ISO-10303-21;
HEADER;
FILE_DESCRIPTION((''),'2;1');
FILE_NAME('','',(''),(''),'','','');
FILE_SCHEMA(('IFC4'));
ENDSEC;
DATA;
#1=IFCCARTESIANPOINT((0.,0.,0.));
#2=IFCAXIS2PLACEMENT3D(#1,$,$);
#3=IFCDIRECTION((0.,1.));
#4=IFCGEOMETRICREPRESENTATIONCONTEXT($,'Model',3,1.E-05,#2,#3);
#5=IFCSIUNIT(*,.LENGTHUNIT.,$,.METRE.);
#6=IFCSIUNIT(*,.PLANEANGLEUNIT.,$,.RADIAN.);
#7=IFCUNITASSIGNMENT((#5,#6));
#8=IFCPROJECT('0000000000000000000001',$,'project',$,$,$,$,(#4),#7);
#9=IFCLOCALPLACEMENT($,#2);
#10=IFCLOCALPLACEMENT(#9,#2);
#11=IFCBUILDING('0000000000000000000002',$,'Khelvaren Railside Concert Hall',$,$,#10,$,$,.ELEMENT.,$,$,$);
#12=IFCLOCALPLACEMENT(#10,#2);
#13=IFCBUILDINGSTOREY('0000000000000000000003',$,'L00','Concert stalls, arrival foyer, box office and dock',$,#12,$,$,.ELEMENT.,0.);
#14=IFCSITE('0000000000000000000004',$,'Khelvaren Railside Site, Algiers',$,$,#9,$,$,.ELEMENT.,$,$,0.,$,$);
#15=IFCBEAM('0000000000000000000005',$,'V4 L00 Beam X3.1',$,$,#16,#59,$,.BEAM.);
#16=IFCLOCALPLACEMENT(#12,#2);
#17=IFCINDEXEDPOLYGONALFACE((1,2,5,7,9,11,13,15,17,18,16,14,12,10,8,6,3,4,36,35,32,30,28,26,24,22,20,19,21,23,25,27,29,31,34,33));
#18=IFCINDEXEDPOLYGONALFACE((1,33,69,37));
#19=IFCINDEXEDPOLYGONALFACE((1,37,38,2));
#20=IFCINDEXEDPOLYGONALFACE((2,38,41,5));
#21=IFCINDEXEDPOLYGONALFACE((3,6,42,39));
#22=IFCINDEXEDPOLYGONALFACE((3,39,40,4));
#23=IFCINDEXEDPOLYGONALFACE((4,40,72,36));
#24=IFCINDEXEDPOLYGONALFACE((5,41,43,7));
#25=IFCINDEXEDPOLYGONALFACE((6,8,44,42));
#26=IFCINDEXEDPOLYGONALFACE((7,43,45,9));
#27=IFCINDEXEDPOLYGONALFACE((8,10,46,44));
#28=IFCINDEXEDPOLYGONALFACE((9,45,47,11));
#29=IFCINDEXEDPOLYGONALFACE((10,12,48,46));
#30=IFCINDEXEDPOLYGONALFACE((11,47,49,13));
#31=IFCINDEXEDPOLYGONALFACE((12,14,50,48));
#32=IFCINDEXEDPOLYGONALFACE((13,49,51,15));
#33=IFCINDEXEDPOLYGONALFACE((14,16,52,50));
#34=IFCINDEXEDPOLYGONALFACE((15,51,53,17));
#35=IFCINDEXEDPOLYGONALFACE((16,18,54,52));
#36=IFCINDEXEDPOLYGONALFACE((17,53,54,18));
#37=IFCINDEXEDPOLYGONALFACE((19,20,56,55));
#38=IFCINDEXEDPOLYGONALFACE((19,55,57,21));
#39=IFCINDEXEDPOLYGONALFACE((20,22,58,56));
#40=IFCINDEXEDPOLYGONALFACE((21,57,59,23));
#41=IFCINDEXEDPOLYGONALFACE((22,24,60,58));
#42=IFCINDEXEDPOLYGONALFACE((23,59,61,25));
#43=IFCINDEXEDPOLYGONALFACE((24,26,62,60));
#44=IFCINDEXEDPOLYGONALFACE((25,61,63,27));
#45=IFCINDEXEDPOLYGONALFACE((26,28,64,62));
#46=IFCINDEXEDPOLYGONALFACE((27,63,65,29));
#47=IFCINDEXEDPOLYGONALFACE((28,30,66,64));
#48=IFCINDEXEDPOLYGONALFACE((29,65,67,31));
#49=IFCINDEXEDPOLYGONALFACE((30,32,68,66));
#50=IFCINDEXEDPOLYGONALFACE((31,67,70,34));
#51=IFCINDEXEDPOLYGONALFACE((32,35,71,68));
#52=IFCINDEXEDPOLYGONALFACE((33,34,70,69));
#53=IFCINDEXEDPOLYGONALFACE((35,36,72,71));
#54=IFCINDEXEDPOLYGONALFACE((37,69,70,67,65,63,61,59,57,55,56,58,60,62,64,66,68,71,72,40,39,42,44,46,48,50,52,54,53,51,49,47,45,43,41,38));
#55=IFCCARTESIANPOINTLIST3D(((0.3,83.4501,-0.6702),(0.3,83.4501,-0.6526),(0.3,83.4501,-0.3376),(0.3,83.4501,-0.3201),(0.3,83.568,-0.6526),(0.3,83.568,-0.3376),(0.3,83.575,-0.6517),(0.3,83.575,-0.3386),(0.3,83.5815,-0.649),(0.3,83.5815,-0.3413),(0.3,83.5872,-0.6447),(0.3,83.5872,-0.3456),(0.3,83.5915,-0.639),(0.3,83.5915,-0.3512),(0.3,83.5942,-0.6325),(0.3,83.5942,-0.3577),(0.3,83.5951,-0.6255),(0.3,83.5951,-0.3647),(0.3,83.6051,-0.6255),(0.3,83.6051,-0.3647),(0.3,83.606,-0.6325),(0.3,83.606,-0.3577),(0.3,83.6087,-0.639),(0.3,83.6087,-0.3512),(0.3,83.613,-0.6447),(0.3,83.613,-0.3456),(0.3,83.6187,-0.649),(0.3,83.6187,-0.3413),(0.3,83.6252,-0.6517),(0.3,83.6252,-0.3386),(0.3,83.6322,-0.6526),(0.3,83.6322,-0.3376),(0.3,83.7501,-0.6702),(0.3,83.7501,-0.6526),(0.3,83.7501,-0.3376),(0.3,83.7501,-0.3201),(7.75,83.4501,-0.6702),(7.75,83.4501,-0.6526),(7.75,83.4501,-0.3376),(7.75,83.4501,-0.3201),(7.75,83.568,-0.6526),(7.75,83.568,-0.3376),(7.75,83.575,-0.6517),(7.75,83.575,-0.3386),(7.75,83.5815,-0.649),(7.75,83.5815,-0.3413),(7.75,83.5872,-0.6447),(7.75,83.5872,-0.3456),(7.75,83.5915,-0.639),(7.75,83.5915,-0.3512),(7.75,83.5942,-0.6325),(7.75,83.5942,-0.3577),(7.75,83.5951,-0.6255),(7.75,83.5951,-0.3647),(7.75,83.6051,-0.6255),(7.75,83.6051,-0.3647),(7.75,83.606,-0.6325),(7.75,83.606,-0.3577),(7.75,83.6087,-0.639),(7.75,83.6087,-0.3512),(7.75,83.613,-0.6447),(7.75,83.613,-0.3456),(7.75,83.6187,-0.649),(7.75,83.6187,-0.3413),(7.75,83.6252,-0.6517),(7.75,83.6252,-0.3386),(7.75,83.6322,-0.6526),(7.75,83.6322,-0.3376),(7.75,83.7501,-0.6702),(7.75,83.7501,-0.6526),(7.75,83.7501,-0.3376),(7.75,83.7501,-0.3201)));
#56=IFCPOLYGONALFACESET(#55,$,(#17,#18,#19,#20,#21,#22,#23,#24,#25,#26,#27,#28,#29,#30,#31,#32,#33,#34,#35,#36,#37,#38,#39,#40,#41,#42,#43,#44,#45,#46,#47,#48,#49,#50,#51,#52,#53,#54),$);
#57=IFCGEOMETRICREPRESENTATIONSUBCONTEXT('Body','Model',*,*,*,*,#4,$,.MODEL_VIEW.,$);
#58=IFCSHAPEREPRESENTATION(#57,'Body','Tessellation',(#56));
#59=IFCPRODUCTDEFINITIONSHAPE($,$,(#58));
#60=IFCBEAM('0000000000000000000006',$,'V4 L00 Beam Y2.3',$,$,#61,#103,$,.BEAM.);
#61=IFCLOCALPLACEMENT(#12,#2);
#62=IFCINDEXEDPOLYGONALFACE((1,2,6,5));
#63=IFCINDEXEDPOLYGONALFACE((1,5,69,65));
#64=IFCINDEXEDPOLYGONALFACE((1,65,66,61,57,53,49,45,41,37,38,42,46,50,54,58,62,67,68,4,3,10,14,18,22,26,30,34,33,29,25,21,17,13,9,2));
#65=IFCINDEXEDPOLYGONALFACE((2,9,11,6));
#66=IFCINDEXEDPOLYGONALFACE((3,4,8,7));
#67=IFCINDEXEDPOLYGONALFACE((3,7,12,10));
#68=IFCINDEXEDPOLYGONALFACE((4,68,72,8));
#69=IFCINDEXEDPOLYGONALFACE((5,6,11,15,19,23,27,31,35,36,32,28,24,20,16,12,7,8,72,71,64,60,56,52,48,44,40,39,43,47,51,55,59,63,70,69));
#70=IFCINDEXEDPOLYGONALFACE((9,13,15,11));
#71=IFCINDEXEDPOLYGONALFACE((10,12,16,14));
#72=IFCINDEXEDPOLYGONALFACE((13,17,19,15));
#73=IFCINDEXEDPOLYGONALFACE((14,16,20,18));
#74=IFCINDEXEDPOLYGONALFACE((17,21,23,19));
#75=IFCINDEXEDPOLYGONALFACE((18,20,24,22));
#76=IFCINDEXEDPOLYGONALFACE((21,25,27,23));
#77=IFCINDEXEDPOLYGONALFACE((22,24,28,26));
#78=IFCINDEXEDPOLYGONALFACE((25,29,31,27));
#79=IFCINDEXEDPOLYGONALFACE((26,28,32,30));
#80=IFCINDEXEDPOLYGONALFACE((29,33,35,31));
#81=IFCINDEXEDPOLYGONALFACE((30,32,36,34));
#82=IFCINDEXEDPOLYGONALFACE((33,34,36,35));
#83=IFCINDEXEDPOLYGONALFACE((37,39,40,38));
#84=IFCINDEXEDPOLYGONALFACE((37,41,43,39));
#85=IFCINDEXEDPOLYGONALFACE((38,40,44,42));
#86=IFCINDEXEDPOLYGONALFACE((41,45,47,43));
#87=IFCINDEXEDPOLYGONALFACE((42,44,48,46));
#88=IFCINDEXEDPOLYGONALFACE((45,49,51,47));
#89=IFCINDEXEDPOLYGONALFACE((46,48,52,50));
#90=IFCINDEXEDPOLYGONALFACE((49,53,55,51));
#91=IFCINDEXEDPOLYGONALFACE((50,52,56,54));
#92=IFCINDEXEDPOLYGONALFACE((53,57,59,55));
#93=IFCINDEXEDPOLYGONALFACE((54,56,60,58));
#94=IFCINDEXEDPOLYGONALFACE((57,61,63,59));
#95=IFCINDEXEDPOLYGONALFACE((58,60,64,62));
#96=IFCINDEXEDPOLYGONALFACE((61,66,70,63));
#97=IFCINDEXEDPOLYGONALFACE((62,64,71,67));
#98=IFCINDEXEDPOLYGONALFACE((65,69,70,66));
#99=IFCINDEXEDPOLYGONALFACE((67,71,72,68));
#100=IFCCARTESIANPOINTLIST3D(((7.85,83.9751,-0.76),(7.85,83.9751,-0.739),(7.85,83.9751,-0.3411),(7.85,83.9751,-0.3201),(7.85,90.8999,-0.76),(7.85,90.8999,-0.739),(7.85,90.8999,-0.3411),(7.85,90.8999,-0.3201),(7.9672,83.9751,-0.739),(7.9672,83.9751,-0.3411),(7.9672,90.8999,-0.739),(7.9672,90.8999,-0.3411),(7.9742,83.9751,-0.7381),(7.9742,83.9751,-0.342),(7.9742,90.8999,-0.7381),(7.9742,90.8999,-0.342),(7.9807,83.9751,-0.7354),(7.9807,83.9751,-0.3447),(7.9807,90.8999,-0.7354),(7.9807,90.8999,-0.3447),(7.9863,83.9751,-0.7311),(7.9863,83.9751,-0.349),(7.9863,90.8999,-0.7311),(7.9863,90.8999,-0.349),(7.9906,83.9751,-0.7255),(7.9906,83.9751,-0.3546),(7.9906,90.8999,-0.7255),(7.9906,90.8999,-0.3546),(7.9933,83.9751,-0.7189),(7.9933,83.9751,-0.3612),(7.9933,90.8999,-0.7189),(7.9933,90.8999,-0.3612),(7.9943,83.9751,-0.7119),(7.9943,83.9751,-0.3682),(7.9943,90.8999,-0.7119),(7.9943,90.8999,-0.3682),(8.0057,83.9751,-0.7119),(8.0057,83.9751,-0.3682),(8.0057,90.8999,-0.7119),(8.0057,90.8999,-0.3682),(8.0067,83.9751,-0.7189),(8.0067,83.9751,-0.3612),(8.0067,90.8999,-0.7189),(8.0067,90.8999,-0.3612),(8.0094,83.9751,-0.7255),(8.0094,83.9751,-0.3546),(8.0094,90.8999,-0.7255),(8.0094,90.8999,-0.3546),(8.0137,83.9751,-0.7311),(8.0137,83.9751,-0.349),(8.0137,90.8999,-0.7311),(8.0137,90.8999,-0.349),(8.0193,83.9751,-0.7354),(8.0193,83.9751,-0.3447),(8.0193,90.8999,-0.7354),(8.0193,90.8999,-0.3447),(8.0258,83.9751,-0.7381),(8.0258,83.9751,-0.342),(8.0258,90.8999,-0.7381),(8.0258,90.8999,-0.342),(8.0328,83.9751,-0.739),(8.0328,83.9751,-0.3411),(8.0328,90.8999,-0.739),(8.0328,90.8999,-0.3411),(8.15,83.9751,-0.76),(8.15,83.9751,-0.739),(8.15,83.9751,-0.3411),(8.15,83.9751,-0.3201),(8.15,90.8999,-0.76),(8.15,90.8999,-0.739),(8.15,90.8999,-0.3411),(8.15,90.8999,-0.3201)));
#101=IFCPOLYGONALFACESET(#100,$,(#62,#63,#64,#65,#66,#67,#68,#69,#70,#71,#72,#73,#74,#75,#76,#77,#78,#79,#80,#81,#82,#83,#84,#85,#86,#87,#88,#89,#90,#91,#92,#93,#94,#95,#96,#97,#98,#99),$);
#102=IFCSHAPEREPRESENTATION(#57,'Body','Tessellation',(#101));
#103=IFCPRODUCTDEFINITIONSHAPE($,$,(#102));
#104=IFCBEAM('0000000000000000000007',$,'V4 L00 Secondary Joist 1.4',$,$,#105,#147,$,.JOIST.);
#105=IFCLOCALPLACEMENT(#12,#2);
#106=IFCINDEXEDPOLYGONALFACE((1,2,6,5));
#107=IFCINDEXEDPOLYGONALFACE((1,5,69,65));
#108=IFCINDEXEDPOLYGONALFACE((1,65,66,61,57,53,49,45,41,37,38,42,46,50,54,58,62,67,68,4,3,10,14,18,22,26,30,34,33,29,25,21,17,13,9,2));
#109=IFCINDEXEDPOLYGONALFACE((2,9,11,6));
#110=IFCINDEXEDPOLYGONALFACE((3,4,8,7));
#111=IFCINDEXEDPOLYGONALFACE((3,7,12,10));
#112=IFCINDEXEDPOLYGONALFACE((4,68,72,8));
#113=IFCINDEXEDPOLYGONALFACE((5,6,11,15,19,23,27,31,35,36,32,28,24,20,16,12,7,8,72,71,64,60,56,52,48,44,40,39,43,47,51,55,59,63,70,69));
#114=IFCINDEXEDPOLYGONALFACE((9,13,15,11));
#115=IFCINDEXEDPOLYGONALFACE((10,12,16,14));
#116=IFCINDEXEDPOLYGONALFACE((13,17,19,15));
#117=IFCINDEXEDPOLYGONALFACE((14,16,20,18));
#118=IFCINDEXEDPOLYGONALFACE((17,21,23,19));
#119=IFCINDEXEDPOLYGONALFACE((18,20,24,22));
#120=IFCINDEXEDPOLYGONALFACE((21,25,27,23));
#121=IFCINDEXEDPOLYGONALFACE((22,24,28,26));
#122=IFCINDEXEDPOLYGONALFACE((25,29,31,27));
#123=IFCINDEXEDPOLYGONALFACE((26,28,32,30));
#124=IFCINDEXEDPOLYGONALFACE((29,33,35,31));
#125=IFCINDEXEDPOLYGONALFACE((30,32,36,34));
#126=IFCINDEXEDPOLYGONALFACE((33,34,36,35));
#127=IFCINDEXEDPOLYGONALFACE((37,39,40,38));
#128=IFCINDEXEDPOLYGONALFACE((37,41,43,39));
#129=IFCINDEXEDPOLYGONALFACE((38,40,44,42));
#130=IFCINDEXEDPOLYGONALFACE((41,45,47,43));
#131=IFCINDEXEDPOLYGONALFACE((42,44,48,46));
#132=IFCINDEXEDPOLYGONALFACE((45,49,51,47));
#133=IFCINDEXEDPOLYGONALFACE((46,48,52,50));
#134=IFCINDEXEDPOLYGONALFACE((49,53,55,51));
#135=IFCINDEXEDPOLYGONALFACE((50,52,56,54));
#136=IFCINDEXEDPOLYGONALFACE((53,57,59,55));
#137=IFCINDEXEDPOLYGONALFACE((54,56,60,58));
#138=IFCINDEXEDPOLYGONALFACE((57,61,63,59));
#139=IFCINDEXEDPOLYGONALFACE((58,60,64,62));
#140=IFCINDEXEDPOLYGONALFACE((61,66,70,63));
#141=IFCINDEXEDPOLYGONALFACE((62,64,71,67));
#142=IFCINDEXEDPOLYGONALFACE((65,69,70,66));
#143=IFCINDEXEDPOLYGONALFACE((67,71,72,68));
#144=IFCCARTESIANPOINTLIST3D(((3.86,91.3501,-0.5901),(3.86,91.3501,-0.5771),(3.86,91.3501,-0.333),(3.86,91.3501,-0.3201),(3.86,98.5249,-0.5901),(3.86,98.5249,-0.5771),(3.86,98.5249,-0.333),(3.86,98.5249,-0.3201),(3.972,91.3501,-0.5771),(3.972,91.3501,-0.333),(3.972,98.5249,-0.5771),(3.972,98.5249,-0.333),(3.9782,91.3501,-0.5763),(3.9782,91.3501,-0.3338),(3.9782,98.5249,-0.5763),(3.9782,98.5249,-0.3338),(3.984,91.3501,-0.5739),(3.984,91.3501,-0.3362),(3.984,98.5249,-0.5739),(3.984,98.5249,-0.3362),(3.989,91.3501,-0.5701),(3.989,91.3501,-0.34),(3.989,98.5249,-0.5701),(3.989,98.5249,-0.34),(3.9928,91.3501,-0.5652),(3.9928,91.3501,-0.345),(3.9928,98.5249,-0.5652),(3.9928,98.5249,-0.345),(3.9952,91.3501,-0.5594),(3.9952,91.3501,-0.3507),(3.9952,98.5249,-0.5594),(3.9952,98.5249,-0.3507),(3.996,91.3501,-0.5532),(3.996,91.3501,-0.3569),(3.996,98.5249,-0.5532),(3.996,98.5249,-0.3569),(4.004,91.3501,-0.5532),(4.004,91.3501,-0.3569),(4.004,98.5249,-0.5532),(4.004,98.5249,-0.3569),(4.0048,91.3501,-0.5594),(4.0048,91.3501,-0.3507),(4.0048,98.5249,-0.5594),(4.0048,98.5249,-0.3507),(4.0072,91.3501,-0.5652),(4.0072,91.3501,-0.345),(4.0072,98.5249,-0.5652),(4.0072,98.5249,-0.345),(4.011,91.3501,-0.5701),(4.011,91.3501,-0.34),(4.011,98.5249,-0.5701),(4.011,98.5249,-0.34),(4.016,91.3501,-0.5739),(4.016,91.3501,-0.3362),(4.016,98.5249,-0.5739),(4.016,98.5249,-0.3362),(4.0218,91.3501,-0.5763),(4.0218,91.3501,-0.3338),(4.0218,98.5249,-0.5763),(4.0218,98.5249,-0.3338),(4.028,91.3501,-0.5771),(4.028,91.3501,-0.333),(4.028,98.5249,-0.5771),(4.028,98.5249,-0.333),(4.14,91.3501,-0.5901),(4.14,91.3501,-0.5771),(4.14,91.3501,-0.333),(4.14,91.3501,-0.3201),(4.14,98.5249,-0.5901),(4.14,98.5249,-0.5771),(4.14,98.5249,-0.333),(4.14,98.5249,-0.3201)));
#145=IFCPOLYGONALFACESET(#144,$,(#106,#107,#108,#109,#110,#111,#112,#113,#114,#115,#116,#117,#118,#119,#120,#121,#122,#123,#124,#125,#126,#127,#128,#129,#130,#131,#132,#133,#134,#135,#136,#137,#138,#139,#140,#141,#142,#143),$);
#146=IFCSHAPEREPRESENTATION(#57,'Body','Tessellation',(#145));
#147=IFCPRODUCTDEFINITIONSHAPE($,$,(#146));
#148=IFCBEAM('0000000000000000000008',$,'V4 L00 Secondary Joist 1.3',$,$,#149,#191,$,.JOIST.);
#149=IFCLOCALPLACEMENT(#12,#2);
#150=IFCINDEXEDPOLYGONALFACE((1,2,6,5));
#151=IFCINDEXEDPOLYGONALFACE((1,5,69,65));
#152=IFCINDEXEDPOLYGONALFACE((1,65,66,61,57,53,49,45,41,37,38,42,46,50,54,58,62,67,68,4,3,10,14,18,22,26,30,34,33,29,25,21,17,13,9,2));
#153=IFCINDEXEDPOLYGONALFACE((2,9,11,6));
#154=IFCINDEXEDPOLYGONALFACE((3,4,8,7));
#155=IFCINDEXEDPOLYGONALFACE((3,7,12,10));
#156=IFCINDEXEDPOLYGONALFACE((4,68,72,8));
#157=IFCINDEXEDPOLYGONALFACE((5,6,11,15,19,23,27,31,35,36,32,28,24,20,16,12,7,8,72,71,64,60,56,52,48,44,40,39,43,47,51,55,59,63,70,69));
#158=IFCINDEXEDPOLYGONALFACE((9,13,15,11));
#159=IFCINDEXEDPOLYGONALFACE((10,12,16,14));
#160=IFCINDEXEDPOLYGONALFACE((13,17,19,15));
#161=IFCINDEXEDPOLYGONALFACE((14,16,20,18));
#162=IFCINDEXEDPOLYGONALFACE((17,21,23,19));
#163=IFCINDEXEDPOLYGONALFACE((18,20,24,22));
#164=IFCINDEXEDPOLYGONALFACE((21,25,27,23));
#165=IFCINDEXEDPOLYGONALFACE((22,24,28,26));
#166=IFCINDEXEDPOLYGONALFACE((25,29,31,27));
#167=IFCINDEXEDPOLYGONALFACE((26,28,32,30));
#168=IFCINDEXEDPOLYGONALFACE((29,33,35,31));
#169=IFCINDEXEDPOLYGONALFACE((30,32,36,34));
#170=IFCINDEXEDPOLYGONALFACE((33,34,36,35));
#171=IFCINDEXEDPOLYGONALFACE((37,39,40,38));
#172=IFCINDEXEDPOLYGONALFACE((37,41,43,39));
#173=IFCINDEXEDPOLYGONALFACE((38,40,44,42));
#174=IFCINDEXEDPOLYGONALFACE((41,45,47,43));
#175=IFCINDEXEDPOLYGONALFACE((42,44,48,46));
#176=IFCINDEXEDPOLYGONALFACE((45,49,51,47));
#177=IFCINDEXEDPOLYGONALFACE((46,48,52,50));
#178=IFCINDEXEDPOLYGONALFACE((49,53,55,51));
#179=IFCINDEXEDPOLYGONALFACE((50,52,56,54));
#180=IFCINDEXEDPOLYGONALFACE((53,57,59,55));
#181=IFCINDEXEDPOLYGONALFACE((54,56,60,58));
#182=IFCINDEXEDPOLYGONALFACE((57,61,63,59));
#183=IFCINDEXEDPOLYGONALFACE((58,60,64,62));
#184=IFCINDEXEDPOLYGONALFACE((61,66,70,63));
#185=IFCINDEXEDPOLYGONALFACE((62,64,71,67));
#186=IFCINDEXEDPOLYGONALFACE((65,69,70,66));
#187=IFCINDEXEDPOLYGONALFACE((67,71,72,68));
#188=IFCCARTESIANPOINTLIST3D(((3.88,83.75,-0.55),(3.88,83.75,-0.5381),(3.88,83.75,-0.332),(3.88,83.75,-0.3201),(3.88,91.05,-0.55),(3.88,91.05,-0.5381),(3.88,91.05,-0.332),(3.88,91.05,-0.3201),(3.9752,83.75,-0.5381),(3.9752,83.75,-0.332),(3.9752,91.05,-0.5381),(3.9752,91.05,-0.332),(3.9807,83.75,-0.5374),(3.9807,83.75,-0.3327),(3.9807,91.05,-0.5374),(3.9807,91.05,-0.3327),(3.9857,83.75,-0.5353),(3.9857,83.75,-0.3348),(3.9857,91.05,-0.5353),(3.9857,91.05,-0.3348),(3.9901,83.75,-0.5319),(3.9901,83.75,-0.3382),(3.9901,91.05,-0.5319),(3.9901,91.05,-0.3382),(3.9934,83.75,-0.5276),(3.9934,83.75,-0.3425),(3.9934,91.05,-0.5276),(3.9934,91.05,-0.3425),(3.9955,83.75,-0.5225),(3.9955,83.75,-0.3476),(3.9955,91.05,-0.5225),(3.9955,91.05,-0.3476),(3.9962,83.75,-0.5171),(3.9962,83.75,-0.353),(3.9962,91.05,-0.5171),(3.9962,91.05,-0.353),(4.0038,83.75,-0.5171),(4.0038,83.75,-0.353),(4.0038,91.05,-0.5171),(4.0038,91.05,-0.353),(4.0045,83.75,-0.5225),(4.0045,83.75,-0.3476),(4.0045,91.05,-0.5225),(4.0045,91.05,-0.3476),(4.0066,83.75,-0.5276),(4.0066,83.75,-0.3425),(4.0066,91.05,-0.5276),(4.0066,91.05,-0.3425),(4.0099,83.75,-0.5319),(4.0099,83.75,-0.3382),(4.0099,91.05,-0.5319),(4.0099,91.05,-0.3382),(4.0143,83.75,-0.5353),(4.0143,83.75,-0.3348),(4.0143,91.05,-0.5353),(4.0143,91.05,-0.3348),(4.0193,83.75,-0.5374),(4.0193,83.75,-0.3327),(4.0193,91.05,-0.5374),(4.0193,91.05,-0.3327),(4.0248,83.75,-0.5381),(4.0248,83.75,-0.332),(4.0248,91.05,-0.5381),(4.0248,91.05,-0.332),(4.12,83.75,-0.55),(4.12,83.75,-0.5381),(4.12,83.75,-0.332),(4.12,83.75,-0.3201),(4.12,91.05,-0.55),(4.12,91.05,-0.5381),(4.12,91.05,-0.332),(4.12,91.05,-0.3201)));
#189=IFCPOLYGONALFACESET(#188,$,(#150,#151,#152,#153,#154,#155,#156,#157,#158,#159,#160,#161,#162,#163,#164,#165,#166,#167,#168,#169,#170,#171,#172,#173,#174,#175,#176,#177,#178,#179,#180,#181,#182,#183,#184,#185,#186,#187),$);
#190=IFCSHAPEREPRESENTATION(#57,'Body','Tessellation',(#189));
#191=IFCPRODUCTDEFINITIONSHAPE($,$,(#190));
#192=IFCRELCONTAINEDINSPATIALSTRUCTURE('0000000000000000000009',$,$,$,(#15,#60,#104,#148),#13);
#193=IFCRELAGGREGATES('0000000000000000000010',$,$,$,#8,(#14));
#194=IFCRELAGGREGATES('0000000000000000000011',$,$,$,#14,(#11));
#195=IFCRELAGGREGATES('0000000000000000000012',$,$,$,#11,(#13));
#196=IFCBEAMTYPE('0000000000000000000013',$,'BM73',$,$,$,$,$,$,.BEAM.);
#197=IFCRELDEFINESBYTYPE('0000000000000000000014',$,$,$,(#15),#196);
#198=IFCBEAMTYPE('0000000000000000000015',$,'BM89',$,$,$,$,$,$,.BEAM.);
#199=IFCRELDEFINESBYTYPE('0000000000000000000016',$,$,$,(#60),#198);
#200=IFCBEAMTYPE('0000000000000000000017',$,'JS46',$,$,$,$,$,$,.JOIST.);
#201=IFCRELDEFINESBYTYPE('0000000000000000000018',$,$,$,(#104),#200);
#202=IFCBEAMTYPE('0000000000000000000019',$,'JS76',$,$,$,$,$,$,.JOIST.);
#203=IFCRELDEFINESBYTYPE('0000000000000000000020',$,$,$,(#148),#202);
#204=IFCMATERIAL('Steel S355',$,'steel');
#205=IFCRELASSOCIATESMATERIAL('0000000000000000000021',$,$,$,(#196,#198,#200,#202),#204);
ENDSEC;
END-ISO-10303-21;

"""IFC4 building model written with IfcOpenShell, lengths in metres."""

from ifc_helpers import new_model, si_unit, direction, frame, origin, origin_2d, place, context, subcontext, project, spatial, i_section, extrude, material, material_profile, profile_set, type_object, element, save


model = new_model("IFC4")

# Units and contexts
model_context = context("Model", 3, precision=1e-05, world=origin(), true_north=direction((0.0, 1.0)))
body_context = subcontext(model_context, "Body", "Model", "MODEL_VIEW")
ifc_project = project(units=[si_unit("LENGTHUNIT", "METRE"), si_unit("PLANEANGLEUNIT", "RADIAN")], contexts=[model_context])

# Site, building, storey
site_placement = place(None, origin())
site = spatial("IfcSite", under=ifc_project, at=site_placement, Name="Khelvaren Railside Site, Algiers", CompositionType="ELEMENT", RefElevation=0.0)
building_placement = place(site_placement, origin())
building = spatial("IfcBuilding", under=site, at=building_placement, Name="Khelvaren Railside Concert Hall", CompositionType="ELEMENT")
storey_placement = place(building_placement, origin())
storey = spatial("IfcBuildingStorey", under=building, at=storey_placement, Name="L00", Description="Concert stalls, arrival foyer, box office and dock", CompositionType="ELEMENT", Elevation=0.0)

# Beams
ifc_material_1 = material(Name="Steel S355", Category="steel")
ifc_material_profile_1 = material_profile(ifc_material_1, i_section(OverallWidth=0.3, OverallDepth=0.3501, WebThickness=0.01, FlangeThickness=0.0176, FilletRadius=0.0271, at=origin_2d()), Name="HEA 360")
ifc_profile_set_1 = profile_set([ifc_material_profile_1], Name="Steel S355")
beam_type_1 = type_object("IfcBeamType", Name="BM73", PredefinedType="BEAM", material=ifc_profile_set_1)
beam_1_placement = place(storey_placement, frame((0.3, 83.6001, -0.4951), z_axis=(1.0, 0.0, 0.0), x_axis=(0.0, 1.0, 0.0)))
element("IfcBeam", 1, at=beam_1_placement, inside=storey, type_object=beam_type_1, Name="V4 L00 Beam X3.1", PredefinedType="BEAM", context=body_context, shape_type="SweptSolid", body=[
    extrude(i_section(OverallWidth=0.3, OverallDepth=0.3501, WebThickness=0.01, FlangeThickness=0.0176, FilletRadius=0.0271, at=origin_2d()), origin(), (0.0, 0.0, 1.0), 7.45),
])
ifc_material_profile_2 = material_profile(ifc_material_1, i_section(OverallWidth=0.3, OverallDepth=0.4399, WebThickness=0.0115, FlangeThickness=0.021, FilletRadius=0.0271, at=origin_2d()), Name="HEA 450")
ifc_profile_set_2 = profile_set([ifc_material_profile_2], Name="Steel S355")
beam_type_2 = type_object("IfcBeamType", Name="BM89", PredefinedType="BEAM", material=ifc_profile_set_2)
beam_2_placement = place(storey_placement, frame((8.0, 83.9751, -0.54), z_axis=(0.0, 1.0, 0.0), x_axis=(-1.0, 0.0, 0.0)))
element("IfcBeam", 2, at=beam_2_placement, inside=storey, type_object=beam_type_2, Name="V4 L00 Beam Y2.3", PredefinedType="BEAM", context=body_context, shape_type="SweptSolid", body=[
    extrude(i_section(OverallWidth=0.3, OverallDepth=0.4399, WebThickness=0.0115, FlangeThickness=0.021, FilletRadius=0.0271, at=origin_2d()), origin(), (0.0, 0.0, 1.0), 6.9248),
])
ifc_material_profile_3 = material_profile(ifc_material_1, i_section(OverallWidth=0.28, OverallDepth=0.27, WebThickness=0.0081, FlangeThickness=0.0129, FilletRadius=0.0239, at=origin_2d()), Name="HEA 280")
ifc_profile_set_3 = profile_set([ifc_material_profile_3], Name="Steel S355")
beam_type_3 = type_object("IfcBeamType", Name="JS46", PredefinedType="JOIST", material=ifc_profile_set_3)
beam_3_placement = place(storey_placement, frame((4.0, 91.3501, -0.4551), z_axis=(0.0, 1.0, 0.0), x_axis=(-1.0, 0.0, 0.0)))
element("IfcBeam", 3, at=beam_3_placement, inside=storey, type_object=beam_type_3, Name="V4 L00 Secondary Joist 1.4", PredefinedType="JOIST", context=body_context, shape_type="SweptSolid", body=[
    extrude(i_section(OverallWidth=0.28, OverallDepth=0.27, WebThickness=0.0081, FlangeThickness=0.0129, FilletRadius=0.0239, at=origin_2d()), origin(), (0.0, 0.0, 1.0), 7.1748),
])
ifc_material_profile_4 = material_profile(ifc_material_1, i_section(OverallWidth=0.24, OverallDepth=0.23, WebThickness=0.0076, FlangeThickness=0.012, FilletRadius=0.021, at=origin_2d()), Name="HEA 240")
ifc_profile_set_4 = profile_set([ifc_material_profile_4], Name="Steel S355")
beam_type_4 = type_object("IfcBeamType", Name="JS76", PredefinedType="JOIST", material=ifc_profile_set_4)
beam_4_placement = place(storey_placement, frame((4.0, 83.75, -0.4351), z_axis=(0.0, 1.0, 0.0), x_axis=(-1.0, 0.0, 0.0)))
element("IfcBeam", 4, at=beam_4_placement, inside=storey, type_object=beam_type_4, Name="V4 L00 Secondary Joist 1.3", PredefinedType="JOIST", context=body_context, shape_type="SweptSolid", body=[
    extrude(i_section(OverallWidth=0.24, OverallDepth=0.23, WebThickness=0.0076, FlangeThickness=0.012, FilletRadius=0.021, at=origin_2d()), origin(), (0.0, 0.0, 1.0), 7.3),
])

save(model, "model.ifc")
